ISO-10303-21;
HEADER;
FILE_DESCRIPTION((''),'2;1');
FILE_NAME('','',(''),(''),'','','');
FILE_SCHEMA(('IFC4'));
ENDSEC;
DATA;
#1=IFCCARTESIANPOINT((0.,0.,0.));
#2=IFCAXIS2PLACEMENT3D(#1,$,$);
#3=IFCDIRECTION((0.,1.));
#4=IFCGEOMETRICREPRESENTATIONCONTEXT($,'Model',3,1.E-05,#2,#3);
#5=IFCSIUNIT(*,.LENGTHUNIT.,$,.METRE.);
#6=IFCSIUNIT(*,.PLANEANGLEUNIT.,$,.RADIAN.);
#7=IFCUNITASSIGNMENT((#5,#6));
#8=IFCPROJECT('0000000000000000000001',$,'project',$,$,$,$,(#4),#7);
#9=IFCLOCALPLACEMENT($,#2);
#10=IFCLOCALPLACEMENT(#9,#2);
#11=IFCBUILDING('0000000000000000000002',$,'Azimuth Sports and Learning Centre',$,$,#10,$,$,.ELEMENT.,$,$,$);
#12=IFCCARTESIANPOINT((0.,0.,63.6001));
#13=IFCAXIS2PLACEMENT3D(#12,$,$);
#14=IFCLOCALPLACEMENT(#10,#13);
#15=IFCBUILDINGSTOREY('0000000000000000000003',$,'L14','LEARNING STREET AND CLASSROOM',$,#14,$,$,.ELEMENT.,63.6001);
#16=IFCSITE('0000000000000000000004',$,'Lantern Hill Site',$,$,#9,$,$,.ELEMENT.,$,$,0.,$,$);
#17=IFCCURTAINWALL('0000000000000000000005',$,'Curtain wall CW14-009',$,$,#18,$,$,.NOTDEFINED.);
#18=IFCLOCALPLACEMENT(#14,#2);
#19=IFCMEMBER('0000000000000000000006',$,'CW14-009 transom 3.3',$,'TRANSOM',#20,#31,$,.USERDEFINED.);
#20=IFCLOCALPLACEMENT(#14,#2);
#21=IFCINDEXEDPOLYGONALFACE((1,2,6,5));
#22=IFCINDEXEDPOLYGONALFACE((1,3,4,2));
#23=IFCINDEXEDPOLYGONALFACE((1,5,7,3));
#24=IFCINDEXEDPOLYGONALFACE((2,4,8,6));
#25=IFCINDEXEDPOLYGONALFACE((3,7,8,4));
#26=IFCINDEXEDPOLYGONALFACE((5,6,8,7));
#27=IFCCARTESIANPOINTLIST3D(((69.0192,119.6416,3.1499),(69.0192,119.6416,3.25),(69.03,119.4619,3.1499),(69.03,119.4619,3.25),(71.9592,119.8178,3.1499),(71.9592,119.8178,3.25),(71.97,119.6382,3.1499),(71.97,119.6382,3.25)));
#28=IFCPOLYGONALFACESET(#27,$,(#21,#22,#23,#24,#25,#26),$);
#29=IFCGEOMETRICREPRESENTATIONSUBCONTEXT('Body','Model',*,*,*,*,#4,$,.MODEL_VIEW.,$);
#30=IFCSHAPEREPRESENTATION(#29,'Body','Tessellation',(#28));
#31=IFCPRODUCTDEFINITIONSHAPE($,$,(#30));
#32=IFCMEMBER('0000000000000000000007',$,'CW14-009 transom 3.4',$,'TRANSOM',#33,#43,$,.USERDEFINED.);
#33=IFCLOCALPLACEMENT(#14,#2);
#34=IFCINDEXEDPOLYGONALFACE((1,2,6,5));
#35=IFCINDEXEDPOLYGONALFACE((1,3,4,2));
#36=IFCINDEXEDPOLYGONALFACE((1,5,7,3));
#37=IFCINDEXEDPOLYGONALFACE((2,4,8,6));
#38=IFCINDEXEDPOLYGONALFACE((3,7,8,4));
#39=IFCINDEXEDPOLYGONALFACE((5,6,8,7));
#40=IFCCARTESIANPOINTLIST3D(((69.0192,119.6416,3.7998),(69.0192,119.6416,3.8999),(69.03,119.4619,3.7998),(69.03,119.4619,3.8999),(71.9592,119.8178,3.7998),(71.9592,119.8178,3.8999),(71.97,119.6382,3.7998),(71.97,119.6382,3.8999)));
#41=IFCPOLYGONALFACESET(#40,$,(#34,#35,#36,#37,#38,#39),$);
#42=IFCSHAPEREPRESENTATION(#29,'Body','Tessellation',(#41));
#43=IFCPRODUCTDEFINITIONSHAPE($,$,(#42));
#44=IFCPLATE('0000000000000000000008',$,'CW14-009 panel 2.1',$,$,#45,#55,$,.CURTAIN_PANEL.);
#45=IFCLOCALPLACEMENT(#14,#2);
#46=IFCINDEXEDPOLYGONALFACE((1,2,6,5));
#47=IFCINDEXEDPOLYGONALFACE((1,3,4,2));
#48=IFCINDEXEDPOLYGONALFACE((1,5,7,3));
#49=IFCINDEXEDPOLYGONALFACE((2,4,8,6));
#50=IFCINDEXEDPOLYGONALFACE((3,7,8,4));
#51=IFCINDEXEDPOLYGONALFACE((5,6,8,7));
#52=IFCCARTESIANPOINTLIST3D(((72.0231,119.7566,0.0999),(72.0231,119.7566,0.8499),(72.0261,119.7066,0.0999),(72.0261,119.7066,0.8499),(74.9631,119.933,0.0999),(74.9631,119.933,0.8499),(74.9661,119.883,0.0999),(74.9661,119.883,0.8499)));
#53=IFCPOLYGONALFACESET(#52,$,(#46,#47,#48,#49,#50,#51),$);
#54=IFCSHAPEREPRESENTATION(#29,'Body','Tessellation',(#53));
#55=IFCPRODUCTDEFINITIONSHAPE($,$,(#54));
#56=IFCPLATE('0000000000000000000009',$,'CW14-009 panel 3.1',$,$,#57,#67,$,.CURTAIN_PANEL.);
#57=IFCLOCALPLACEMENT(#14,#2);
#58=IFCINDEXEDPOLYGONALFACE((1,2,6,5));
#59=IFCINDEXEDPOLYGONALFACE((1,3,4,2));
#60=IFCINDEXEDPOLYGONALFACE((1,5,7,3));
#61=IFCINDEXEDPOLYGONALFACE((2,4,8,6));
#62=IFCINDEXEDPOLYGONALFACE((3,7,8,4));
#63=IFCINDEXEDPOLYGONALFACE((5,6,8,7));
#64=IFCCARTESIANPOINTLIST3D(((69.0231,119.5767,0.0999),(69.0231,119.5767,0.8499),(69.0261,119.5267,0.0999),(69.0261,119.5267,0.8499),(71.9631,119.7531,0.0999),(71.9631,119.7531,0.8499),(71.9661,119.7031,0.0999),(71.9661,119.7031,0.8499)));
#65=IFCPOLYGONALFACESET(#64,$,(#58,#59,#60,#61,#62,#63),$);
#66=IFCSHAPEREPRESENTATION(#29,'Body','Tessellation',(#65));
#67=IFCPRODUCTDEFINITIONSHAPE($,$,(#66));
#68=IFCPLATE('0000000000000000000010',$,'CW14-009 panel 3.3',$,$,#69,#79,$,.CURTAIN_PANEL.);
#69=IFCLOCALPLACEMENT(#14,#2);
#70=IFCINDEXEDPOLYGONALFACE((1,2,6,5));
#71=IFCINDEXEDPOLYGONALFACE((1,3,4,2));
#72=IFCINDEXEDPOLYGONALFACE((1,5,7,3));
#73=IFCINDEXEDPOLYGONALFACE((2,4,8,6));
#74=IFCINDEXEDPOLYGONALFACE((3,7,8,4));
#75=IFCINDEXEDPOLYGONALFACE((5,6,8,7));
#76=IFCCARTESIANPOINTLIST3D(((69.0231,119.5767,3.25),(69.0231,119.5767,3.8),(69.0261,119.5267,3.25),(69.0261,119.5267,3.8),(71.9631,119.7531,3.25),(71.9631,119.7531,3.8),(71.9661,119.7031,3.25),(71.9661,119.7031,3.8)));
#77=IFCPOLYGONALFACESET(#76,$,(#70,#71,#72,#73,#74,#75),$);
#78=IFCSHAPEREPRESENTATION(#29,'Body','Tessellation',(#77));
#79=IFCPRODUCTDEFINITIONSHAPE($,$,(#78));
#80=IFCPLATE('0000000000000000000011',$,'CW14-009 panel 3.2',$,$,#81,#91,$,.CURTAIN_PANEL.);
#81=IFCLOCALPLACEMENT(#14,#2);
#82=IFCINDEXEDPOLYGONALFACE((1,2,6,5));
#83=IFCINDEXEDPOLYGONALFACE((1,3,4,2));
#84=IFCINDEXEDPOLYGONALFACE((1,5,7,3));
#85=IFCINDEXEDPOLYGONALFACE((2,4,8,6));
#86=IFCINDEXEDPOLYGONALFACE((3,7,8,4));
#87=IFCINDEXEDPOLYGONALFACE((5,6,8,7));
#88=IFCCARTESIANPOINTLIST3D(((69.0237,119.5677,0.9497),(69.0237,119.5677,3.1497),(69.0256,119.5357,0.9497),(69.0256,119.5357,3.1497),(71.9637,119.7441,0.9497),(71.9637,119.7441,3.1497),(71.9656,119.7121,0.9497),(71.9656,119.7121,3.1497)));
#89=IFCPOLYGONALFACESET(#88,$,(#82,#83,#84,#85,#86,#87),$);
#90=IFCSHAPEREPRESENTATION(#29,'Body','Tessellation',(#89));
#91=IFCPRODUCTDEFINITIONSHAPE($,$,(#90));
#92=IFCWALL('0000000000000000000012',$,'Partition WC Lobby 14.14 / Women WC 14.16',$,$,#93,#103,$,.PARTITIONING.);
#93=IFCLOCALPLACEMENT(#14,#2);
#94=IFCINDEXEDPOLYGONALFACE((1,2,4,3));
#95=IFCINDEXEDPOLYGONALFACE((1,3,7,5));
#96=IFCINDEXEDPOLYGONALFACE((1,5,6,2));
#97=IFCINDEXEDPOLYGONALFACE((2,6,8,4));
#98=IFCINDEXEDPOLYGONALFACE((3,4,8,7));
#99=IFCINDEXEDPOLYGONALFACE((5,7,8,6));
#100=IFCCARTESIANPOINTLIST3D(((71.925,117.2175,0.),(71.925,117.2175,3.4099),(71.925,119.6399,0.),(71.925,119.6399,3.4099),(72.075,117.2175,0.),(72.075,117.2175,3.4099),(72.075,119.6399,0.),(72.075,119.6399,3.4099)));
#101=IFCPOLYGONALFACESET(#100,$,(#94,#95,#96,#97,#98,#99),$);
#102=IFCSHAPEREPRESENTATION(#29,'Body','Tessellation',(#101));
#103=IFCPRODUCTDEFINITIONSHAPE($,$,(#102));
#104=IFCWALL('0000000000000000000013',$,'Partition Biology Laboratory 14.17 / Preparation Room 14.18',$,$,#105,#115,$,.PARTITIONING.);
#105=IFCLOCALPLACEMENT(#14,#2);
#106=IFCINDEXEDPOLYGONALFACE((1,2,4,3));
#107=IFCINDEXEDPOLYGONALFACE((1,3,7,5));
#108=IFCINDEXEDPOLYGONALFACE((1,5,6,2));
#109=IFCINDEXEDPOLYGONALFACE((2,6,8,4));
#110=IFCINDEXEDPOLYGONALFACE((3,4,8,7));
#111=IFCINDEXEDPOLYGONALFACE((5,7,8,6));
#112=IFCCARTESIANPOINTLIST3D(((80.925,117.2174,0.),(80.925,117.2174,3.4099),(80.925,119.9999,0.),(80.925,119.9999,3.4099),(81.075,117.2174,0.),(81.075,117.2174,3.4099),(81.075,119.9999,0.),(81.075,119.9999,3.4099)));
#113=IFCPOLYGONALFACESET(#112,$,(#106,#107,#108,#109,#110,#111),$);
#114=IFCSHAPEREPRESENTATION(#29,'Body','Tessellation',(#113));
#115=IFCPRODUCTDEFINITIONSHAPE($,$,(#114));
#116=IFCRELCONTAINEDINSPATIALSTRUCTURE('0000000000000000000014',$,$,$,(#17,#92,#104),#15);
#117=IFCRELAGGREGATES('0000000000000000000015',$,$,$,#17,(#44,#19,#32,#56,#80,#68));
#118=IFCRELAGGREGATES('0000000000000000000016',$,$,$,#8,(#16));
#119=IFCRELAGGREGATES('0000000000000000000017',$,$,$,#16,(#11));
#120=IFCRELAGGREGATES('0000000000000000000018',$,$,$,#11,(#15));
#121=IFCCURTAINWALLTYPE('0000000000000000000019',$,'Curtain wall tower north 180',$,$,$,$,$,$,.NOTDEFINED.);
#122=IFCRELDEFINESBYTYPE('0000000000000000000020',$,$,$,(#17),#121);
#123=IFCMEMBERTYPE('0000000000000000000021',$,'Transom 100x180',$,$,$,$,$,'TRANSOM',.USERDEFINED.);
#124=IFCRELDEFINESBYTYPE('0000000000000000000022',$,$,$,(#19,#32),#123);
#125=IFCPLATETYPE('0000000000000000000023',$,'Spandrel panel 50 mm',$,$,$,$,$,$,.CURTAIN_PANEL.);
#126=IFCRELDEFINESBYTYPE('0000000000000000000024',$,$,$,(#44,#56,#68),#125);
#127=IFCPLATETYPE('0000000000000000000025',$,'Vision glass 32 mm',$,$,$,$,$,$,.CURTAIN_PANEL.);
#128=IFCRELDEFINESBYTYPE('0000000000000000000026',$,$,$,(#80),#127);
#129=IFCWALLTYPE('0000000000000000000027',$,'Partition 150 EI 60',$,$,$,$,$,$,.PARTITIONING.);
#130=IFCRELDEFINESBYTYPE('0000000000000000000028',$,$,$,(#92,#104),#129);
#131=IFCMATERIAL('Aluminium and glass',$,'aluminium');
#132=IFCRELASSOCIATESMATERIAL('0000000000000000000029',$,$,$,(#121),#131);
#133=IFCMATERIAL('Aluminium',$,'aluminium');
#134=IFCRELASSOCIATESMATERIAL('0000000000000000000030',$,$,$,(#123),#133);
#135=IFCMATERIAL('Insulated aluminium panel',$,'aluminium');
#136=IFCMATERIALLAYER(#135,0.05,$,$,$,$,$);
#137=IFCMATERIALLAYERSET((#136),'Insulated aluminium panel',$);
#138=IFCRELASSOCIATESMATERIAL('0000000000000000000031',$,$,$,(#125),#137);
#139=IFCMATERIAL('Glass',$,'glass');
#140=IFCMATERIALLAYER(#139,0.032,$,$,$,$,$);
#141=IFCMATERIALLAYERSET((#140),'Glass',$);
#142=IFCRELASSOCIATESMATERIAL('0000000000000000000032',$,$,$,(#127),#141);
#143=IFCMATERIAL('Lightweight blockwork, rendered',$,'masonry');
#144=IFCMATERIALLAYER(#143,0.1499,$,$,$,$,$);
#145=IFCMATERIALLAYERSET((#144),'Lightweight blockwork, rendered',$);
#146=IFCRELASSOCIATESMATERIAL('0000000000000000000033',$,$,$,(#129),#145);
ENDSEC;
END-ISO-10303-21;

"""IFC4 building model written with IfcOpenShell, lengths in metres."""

from ifc_helpers import new_model, si_unit, direction, frame, frame_2d, origin, origin_2d, place, context, subcontext, project, spatial, rectangle, extrude, material, layer, layer_set, material_profile, profile_set, type_object, element, aggregate, save


model = new_model("IFC4")

# Units and contexts
model_context = context("Model", 3, precision=1e-05, world=origin(), true_north=direction((0.0, 1.0)))
body_context = subcontext(model_context, "Body", "Model", "MODEL_VIEW")
ifc_project = project(units=[si_unit("LENGTHUNIT", "METRE"), si_unit("PLANEANGLEUNIT", "RADIAN")], contexts=[model_context])

# Site, building, storey
site_placement = place(None, origin())
site = spatial("IfcSite", under=ifc_project, at=site_placement, Name="Lantern Hill Site", CompositionType="ELEMENT", RefElevation=0.0)
building_placement = place(site_placement, origin())
building = spatial("IfcBuilding", under=site, at=building_placement, Name="Azimuth Sports and Learning Centre", CompositionType="ELEMENT")
storey_placement = place(building_placement, frame((0.0, 0.0, 63.6001)))
storey = spatial("IfcBuildingStorey", under=building, at=storey_placement, Name="L14", Description="LEARNING STREET AND CLASSROOM", CompositionType="ELEMENT", Elevation=63.6001)

# Curtain wall, members, plates
ifc_material_1 = material(Name="Aluminium and glass", Category="aluminium")
curtain_wall_type = type_object("IfcCurtainWallType", Name="Curtain wall tower north 180", PredefinedType="NOTDEFINED", material=ifc_material_1)
curtain_wall_placement = place(storey_placement, origin())
curtain_wall = element("IfcCurtainWall", 1, at=curtain_wall_placement, inside=storey, type_object=curtain_wall_type, Name="Curtain wall CW14-009", PredefinedType="NOTDEFINED")
ifc_material_2 = material(Name="Aluminium", Category="aluminium")
ifc_material_profile_1 = material_profile(ifc_material_2, rectangle(XDim=0.1799, YDim=0.1001, at=origin_2d()), Name="Transom 100x180")
ifc_profile_set_1 = profile_set([ifc_material_profile_1], Name="Aluminium")
member_type_1 = type_object("IfcMemberType", Name="Transom 100x180", ElementType="TRANSOM", PredefinedType="USERDEFINED", material=ifc_profile_set_1)
member_1_placement = place(storey_placement, frame((71.9646, 119.728, 3.2), z_axis=(-0.998207, -0.059849, 0.0), x_axis=(0.059849, -0.998207, 0.0)))
member_1 = element("IfcMember", 2, at=member_1_placement, type_object=member_type_1, Name="CW14-009 transom 3.3", ObjectType="TRANSOM", PredefinedType="USERDEFINED", context=body_context, shape_type="SweptSolid", body=[
    extrude(rectangle(XDim=0.1799, YDim=0.1001, at=origin_2d()), origin(), (0.0, 0.0, 1.0), 2.9453),
])
member_2_placement = place(storey_placement, frame((71.9646, 119.728, 3.8499), z_axis=(-0.998207, -0.059849, 0.0), x_axis=(0.059849, -0.998207, 0.0)))
member_2 = element("IfcMember", 3, at=member_2_placement, type_object=member_type_1, Name="CW14-009 transom 3.4", ObjectType="TRANSOM", PredefinedType="USERDEFINED", context=body_context, shape_type="SweptSolid", body=[
    extrude(rectangle(XDim=0.1799, YDim=0.1001, at=origin_2d()), origin(), (0.0, 0.0, 1.0), 2.9453),
])
ifc_material_3 = material(Name="Insulated aluminium panel", Category="aluminium")
ifc_layer_1 = layer(ifc_material_3, 0.05)
ifc_layer_set_1 = layer_set([ifc_layer_1], Name="Insulated aluminium panel")
plate_type_1 = type_object("IfcPlateType", Name="Spandrel panel 50 mm", PredefinedType="CURTAIN_PANEL", material=ifc_layer_set_1)
plate_1_placement = place(storey_placement, frame((73.4946, 119.8198, 0.0999), z_axis=(0.0, 0.0, 1.0), x_axis=(-0.998205, -0.059892, 0.0)))
plate_1 = element("IfcPlate", 4, at=plate_1_placement, type_object=plate_type_1, Name="CW14-009 panel 2.1", PredefinedType="CURTAIN_PANEL", context=body_context, shape_type="SweptSolid", body=[
    extrude(rectangle(XDim=2.9453, YDim=0.05, at=origin_2d()), origin(), (0.0, 0.0, 1.0), 0.75),
])
plate_2_placement = place(storey_placement, frame((70.4946, 119.6399, 0.0999), z_axis=(0.0, 0.0, 1.0), x_axis=(-0.998205, -0.059892, 0.0)))
plate_2 = element("IfcPlate", 5, at=plate_2_placement, type_object=plate_type_1, Name="CW14-009 panel 3.1", PredefinedType="CURTAIN_PANEL", context=body_context, shape_type="SweptSolid", body=[
    extrude(rectangle(XDim=2.9453, YDim=0.05, at=origin_2d()), origin(), (0.0, 0.0, 1.0), 0.75),
])
plate_3_placement = place(storey_placement, frame((70.4946, 119.6399, 3.25), z_axis=(0.0, 0.0, 1.0), x_axis=(-0.998205, -0.059892, 0.0)))
plate_3 = element("IfcPlate", 6, at=plate_3_placement, type_object=plate_type_1, Name="CW14-009 panel 3.3", PredefinedType="CURTAIN_PANEL", context=body_context, shape_type="SweptSolid", body=[
    extrude(rectangle(XDim=2.9453, YDim=0.05, at=origin_2d()), origin(), (0.0, 0.0, 1.0), 0.55),
])
ifc_material_4 = material(Name="Glass", Category="glass")
ifc_layer_2 = layer(ifc_material_4, 0.032)
ifc_layer_set_2 = layer_set([ifc_layer_2], Name="Glass")
plate_type_2 = type_object("IfcPlateType", Name="Vision glass 32 mm", PredefinedType="CURTAIN_PANEL", material=ifc_layer_set_2)
plate_4_placement = place(storey_placement, frame((70.4946, 119.6399, 0.9497), z_axis=(0.0, 0.0, 1.0), x_axis=(-0.998205, -0.059892, 0.0)))
plate_4 = element("IfcPlate", 7, at=plate_4_placement, type_object=plate_type_2, Name="CW14-009 panel 3.2", PredefinedType="CURTAIN_PANEL", context=body_context, shape_type="SweptSolid", body=[
    extrude(rectangle(XDim=2.9453, YDim=0.032, at=origin_2d()), origin(), (0.0, 0.0, 1.0), 2.2),
])
aggregate(curtain_wall, [plate_1, member_1, member_2, plate_2, plate_4, plate_3])

# Walls
ifc_material_5 = material(Name="Lightweight blockwork, rendered", Category="masonry")
ifc_layer_3 = layer(ifc_material_5, 0.1499)
ifc_layer_set_3 = layer_set([ifc_layer_3], Name="Lightweight blockwork, rendered")
wall_type = type_object("IfcWallType", Name="Partition 150 EI 60", PredefinedType="PARTITIONING", material=ifc_layer_set_3)
wall_1_placement = place(storey_placement, frame((72.0, 117.2175, 0.0), z_axis=(0.0, 0.0, 1.0), x_axis=(0.0, 1.0, 0.0)))
element("IfcWall", 8, at=wall_1_placement, inside=storey, type_object=wall_type, Name="Partition WC Lobby 14.14 / Women WC 14.16", PredefinedType="PARTITIONING", context=body_context, shape_type="SweptSolid", body=[
    extrude(rectangle(XDim=2.4224, YDim=0.1499, at=frame_2d((1.2112, 0.0))), origin(), (0.0, 0.0, 1.0), 3.4099),
])
wall_2_placement = place(storey_placement, frame((81.0, 117.2175, 0.0), z_axis=(0.0, 0.0, 1.0), x_axis=(0.0, 1.0, 0.0)))
element("IfcWall", 9, at=wall_2_placement, inside=storey, type_object=wall_type, Name="Partition Biology Laboratory 14.17 / Preparation Room 14.18", PredefinedType="PARTITIONING", context=body_context, shape_type="SweptSolid", body=[
    extrude(rectangle(XDim=2.7825, YDim=0.1499, at=frame_2d((1.3911, 0.0))), origin(), (0.0, 0.0, 1.0), 3.4099),
])

save(model, "model.ifc")
